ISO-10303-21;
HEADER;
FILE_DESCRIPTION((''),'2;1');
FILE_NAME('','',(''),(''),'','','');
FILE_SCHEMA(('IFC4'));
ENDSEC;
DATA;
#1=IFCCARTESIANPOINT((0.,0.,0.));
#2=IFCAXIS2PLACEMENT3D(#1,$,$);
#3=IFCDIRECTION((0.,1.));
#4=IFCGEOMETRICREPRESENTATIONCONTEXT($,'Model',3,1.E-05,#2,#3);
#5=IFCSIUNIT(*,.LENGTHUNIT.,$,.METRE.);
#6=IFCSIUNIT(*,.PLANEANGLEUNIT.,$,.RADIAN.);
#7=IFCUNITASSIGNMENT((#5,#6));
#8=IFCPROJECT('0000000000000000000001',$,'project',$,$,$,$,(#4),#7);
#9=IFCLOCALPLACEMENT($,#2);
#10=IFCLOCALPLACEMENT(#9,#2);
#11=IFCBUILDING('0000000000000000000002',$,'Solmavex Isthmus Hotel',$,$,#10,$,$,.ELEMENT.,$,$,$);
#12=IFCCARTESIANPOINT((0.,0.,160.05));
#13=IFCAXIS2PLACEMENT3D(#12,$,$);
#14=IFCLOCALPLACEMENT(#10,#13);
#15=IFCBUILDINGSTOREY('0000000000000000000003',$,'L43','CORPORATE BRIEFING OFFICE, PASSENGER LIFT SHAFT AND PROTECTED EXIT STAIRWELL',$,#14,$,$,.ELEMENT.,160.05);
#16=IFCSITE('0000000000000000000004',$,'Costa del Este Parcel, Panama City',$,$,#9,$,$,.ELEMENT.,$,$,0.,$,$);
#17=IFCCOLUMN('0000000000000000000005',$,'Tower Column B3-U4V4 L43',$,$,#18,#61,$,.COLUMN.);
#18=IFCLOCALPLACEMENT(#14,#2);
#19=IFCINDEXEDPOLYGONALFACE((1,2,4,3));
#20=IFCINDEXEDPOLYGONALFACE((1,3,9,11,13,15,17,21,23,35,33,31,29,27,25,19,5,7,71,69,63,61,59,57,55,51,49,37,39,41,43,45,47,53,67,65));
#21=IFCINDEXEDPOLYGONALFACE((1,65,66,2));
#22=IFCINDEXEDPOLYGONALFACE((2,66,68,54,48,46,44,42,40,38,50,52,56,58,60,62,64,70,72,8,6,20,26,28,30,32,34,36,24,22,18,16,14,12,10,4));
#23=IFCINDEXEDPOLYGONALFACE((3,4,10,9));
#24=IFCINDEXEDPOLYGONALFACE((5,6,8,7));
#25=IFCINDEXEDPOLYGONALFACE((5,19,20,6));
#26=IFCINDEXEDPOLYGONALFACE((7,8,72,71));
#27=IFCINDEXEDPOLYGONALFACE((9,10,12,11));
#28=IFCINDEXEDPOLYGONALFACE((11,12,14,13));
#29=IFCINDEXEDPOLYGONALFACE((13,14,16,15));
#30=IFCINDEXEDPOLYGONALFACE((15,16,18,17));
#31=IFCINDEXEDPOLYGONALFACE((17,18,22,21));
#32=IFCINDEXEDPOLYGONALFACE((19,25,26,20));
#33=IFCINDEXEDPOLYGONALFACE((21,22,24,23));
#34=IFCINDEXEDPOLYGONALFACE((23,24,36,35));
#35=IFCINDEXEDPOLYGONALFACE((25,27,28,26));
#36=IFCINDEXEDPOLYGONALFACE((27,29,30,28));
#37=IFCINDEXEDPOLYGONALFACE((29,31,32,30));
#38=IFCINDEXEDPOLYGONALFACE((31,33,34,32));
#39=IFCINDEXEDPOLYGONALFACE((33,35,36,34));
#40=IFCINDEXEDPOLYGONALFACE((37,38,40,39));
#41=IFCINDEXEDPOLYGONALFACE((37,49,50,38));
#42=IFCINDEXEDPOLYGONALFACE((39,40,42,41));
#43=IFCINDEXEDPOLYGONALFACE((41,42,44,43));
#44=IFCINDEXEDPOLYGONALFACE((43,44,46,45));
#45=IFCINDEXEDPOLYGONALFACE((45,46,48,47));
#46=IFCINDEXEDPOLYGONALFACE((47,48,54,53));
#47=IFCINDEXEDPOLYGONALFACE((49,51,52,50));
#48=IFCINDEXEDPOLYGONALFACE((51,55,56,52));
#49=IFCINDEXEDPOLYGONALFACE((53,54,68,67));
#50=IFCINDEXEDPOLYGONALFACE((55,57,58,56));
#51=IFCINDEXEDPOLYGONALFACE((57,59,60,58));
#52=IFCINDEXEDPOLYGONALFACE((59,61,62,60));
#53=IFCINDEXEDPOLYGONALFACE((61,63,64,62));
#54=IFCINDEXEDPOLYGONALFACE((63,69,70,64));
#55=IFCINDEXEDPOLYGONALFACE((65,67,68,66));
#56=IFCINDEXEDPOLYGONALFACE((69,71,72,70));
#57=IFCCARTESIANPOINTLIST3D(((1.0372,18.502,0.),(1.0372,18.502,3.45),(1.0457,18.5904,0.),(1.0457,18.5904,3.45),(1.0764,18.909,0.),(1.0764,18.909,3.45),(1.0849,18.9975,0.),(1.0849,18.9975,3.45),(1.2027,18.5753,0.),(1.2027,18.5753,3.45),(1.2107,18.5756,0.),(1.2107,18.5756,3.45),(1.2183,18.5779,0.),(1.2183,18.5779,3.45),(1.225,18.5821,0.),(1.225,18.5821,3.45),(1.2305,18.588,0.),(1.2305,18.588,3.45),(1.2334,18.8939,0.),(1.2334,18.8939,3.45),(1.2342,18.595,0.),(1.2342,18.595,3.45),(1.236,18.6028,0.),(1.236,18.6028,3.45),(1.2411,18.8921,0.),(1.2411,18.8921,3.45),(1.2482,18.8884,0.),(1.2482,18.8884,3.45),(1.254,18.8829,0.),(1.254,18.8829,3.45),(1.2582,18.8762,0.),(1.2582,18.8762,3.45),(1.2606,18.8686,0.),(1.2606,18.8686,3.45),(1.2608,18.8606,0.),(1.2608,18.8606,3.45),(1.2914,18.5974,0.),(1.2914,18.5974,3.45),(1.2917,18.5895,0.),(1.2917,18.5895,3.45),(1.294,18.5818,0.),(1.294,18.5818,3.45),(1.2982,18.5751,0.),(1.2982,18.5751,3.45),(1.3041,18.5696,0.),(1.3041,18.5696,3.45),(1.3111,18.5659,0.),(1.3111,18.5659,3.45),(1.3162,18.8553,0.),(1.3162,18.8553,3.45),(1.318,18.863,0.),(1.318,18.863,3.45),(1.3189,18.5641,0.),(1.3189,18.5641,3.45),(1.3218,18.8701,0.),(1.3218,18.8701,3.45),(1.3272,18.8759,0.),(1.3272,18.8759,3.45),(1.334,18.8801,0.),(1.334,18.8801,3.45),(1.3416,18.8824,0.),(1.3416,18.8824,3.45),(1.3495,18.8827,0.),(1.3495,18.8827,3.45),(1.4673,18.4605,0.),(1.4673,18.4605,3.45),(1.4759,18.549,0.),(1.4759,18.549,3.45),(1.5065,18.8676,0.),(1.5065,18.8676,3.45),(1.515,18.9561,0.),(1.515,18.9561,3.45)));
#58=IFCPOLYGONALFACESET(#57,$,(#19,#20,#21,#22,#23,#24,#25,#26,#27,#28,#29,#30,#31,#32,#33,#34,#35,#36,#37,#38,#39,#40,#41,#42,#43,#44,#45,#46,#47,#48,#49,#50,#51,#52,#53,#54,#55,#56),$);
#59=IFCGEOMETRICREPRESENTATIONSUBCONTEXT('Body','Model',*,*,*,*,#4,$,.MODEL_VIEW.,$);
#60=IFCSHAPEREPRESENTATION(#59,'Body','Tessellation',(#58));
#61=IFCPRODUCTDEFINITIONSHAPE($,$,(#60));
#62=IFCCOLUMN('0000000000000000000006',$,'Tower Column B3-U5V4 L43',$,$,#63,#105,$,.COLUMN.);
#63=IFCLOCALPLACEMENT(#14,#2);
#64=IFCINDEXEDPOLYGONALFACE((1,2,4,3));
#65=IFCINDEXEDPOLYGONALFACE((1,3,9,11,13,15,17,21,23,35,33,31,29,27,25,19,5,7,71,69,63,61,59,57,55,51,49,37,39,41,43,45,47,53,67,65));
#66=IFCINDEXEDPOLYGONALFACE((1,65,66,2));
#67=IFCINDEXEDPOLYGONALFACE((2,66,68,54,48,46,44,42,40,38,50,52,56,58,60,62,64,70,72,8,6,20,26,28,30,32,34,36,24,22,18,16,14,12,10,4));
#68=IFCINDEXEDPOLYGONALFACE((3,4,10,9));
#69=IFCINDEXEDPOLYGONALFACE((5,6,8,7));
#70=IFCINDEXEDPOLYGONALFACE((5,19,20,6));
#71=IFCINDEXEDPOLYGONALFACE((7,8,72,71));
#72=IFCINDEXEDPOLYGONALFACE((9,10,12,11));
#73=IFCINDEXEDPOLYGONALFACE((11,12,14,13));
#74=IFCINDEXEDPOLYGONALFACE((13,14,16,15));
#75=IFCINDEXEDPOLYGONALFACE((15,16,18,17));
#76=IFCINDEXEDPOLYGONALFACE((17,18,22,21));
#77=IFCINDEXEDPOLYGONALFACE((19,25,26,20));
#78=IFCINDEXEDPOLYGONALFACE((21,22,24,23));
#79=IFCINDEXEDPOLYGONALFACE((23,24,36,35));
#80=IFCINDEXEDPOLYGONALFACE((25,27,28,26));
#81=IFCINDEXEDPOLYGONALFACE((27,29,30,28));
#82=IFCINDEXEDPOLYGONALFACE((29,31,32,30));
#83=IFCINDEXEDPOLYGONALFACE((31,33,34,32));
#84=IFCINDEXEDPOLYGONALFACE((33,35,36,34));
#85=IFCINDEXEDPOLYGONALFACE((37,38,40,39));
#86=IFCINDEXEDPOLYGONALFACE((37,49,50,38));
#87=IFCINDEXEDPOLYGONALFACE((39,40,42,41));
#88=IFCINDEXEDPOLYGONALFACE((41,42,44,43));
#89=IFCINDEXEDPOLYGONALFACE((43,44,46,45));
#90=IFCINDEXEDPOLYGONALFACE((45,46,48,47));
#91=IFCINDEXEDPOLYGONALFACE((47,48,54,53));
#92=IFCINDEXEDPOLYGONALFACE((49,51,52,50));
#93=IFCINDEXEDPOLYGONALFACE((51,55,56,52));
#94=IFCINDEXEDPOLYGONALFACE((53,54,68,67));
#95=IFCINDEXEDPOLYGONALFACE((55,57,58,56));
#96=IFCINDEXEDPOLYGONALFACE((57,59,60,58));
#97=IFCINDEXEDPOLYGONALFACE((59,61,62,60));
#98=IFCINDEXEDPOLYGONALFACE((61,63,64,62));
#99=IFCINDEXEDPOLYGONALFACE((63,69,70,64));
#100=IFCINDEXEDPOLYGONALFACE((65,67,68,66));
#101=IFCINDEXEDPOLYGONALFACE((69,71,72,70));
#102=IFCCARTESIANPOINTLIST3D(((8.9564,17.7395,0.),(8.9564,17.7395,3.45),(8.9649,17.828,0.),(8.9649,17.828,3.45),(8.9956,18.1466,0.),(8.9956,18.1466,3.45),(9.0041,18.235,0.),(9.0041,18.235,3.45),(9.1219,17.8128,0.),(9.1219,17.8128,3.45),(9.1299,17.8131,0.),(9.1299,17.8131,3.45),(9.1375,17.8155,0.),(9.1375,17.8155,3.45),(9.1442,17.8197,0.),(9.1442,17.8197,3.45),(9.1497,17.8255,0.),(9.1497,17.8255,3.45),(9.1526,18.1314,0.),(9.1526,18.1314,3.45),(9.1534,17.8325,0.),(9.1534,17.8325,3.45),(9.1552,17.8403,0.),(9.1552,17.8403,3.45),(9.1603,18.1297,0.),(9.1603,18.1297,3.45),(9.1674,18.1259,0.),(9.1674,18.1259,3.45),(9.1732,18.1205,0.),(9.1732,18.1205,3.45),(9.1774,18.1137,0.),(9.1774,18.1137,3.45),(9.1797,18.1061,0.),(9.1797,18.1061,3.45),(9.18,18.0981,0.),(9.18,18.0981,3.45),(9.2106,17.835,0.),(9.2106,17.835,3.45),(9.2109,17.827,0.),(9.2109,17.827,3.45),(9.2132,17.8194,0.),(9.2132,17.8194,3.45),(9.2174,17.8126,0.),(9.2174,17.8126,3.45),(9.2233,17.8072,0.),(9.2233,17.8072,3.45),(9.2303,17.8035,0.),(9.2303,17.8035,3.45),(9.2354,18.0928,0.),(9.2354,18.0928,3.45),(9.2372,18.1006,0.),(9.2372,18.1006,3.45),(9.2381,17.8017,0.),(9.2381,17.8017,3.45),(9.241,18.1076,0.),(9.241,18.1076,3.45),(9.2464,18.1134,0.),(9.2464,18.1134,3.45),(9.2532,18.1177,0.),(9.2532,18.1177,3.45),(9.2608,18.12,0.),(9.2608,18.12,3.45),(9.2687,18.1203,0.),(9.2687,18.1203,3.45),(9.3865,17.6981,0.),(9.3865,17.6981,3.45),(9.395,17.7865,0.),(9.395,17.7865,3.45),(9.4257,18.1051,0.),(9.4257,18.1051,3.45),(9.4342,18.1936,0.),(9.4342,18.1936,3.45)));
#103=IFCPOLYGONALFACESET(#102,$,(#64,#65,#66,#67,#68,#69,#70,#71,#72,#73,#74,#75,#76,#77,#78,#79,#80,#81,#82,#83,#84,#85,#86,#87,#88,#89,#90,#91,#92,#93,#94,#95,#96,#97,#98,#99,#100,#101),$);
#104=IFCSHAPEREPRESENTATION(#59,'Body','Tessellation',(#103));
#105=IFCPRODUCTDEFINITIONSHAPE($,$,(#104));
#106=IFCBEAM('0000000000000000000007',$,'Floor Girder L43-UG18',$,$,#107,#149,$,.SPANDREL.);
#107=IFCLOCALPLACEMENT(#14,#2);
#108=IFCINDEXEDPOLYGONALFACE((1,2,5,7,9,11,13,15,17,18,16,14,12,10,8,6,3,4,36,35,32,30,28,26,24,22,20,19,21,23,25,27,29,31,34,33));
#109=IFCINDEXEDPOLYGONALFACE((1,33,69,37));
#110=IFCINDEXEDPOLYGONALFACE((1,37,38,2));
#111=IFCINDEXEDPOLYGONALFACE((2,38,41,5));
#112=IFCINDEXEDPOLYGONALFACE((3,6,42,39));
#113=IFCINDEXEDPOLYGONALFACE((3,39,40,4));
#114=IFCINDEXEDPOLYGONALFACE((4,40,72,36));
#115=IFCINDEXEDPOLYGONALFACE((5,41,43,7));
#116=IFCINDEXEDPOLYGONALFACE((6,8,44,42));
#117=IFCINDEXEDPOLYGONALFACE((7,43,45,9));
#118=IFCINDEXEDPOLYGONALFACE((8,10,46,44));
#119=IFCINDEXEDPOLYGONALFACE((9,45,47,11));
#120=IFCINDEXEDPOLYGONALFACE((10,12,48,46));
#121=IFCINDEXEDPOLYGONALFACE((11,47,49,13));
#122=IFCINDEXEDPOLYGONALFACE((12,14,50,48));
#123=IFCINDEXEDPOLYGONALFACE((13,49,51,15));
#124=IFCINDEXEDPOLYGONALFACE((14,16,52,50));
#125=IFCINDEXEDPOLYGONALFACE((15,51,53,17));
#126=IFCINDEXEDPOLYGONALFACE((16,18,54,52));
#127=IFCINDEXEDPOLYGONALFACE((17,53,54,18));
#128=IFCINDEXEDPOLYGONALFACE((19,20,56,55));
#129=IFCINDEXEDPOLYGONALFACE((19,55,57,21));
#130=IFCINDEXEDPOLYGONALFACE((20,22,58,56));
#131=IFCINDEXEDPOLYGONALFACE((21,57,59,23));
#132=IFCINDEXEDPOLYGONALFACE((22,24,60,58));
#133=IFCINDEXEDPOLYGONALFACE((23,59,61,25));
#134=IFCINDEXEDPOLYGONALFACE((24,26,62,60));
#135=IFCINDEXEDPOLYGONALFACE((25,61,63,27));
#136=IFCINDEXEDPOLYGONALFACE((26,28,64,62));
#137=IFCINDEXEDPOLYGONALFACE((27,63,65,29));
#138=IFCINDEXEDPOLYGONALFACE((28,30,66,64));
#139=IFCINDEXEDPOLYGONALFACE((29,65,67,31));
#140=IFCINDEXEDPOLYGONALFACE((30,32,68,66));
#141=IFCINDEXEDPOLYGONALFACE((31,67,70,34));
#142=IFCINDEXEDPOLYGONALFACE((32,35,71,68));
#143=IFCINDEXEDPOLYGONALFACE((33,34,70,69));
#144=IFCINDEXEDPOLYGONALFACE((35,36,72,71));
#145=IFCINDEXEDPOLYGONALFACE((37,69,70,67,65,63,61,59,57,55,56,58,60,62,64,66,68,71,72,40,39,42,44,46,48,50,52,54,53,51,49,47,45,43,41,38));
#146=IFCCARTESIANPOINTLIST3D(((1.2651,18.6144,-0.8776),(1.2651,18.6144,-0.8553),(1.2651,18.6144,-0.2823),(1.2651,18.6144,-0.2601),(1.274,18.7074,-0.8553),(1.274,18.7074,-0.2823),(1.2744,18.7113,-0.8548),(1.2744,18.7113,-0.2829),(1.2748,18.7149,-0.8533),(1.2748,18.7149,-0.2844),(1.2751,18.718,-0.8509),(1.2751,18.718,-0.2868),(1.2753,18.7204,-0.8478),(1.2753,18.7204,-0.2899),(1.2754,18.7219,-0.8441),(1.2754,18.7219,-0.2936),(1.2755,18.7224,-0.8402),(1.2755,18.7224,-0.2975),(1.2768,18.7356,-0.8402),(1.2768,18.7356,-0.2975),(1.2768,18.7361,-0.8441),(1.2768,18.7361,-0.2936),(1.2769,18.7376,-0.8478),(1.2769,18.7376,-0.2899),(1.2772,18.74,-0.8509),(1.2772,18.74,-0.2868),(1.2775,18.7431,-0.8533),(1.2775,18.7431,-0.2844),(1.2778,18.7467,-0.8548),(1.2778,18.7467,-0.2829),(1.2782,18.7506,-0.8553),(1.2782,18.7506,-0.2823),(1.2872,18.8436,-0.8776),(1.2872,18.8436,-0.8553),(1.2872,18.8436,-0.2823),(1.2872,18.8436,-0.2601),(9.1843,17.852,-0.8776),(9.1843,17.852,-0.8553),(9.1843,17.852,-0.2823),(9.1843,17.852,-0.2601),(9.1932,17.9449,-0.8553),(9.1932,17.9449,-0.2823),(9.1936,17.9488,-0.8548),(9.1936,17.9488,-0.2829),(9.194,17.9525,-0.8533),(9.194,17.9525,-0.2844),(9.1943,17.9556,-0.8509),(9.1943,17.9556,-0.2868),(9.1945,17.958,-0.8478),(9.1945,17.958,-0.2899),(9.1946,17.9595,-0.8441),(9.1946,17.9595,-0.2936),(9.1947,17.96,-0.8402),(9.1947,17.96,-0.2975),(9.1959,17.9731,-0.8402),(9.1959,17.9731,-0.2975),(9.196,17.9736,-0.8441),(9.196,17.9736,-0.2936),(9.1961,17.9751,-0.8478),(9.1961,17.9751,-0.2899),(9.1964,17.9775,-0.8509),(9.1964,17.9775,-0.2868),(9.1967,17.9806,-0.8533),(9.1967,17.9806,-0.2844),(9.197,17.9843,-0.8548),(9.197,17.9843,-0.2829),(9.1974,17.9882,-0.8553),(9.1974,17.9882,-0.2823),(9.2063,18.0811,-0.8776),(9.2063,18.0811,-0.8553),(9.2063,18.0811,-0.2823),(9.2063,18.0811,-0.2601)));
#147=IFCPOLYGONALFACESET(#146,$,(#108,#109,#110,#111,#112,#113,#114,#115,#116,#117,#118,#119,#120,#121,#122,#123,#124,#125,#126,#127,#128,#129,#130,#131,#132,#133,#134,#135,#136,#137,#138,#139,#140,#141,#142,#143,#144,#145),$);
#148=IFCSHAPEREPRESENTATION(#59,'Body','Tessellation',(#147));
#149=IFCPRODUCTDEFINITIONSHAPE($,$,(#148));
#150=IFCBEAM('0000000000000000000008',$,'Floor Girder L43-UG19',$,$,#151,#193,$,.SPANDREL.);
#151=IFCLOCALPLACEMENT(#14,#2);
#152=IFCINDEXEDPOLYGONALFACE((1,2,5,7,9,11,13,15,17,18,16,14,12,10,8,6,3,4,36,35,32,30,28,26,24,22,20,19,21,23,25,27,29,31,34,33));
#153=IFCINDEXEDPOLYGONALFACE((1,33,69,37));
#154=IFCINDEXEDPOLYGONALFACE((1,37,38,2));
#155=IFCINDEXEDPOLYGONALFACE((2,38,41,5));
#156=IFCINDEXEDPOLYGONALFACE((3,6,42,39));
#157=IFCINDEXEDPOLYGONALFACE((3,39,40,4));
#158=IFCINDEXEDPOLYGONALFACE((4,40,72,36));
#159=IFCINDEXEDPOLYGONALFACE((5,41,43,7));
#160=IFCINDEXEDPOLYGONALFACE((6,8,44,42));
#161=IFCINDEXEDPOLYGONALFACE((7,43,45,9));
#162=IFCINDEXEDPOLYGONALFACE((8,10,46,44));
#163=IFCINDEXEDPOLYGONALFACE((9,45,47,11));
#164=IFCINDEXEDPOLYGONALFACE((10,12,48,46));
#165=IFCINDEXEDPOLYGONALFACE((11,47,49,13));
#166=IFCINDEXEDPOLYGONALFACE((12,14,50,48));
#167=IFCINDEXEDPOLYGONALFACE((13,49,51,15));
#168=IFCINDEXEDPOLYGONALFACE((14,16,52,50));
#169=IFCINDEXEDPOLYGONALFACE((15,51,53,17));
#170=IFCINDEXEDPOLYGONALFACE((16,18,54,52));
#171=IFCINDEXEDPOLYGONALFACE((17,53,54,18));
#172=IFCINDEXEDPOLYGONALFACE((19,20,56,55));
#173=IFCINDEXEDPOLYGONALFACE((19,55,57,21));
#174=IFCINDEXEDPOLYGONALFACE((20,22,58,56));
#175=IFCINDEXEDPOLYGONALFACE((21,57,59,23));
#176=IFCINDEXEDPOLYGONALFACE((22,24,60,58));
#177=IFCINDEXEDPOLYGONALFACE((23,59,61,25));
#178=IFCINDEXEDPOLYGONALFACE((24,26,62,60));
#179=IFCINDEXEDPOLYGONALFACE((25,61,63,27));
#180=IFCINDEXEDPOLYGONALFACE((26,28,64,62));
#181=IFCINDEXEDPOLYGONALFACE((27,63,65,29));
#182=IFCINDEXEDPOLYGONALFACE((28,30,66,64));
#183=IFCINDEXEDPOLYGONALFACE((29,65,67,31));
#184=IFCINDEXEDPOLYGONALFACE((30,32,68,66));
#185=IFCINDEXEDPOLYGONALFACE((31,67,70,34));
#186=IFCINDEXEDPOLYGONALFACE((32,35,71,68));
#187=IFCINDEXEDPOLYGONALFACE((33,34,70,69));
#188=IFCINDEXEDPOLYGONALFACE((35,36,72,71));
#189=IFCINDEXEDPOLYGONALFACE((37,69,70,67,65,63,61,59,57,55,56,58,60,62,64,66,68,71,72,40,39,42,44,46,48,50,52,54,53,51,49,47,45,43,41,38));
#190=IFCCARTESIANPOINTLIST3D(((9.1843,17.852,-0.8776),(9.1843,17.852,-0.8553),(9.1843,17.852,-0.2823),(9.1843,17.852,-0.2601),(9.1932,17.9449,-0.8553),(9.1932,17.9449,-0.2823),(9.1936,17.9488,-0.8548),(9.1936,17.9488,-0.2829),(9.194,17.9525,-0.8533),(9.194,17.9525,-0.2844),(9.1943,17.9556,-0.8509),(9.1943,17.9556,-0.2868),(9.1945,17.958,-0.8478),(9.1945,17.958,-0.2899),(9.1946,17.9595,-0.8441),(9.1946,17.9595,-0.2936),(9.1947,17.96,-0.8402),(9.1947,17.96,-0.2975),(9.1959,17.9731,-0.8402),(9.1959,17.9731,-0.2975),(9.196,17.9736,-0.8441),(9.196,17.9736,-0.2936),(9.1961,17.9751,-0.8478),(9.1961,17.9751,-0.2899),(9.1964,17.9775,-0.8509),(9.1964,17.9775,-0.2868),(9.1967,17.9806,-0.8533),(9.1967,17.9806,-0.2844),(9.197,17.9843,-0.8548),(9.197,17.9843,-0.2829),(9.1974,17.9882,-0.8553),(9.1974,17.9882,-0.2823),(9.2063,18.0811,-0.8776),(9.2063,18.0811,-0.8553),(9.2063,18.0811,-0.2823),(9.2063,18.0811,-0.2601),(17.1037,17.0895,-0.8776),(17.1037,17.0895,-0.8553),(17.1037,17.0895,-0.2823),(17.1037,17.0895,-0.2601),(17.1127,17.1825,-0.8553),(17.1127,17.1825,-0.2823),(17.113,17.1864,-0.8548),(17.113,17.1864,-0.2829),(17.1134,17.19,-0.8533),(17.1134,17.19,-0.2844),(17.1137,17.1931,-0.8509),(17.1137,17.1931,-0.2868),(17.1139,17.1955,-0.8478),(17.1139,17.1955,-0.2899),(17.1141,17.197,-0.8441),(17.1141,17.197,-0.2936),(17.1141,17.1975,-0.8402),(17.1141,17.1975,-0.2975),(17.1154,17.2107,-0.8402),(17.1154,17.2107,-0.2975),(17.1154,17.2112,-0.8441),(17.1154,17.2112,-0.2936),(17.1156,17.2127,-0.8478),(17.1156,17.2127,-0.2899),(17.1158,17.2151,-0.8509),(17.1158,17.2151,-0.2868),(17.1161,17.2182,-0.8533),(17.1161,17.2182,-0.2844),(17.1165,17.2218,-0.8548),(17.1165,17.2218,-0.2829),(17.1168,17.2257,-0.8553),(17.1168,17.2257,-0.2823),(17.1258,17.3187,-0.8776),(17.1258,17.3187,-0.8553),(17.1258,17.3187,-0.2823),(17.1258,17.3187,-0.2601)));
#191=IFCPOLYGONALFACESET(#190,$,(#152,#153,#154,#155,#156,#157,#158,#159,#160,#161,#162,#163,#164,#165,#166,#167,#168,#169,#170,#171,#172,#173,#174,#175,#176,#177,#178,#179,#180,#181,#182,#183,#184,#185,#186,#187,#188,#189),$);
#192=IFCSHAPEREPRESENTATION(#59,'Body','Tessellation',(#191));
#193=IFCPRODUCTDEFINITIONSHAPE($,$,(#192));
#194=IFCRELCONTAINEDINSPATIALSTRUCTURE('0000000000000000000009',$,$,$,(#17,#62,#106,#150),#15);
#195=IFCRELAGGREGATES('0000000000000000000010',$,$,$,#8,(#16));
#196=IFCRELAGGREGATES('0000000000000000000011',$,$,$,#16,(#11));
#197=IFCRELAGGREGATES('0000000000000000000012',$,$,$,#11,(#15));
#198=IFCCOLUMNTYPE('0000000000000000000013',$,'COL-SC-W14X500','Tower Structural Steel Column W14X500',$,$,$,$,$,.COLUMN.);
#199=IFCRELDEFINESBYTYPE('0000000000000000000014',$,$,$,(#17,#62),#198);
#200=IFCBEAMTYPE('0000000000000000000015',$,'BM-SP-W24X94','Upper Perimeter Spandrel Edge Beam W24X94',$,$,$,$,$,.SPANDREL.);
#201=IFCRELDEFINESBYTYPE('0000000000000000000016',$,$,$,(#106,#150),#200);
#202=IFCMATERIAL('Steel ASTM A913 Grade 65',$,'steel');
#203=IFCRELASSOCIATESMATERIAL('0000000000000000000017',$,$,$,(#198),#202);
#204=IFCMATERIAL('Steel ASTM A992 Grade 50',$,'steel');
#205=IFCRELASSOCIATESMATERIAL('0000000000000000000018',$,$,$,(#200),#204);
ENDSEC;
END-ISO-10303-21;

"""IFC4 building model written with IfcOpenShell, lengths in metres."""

from ifc_helpers import new_model, si_unit, direction, frame, origin, origin_2d, place, context, subcontext, project, spatial, i_section, extrude, material, material_profile, profile_set, type_object, element, save


model = new_model("IFC4")

# Units and contexts
model_context = context("Model", 3, precision=1e-05, world=origin(), true_north=direction((0.0, 1.0)))
body_context = subcontext(model_context, "Body", "Model", "MODEL_VIEW")
ifc_project = project(units=[si_unit("LENGTHUNIT", "METRE"), si_unit("PLANEANGLEUNIT", "RADIAN")], contexts=[model_context])

# Site, building, storey
site_placement = place(None, origin())
site = spatial("IfcSite", under=ifc_project, at=site_placement, Name="Costa del Este Parcel, Panama City", CompositionType="ELEMENT", RefElevation=0.0)
building_placement = place(site_placement, origin())
building = spatial("IfcBuilding", under=site, at=building_placement, Name="Solmavex Isthmus Hotel", CompositionType="ELEMENT")
storey_placement = place(building_placement, frame((0.0, 0.0, 160.05)))
storey = spatial("IfcBuildingStorey", under=building, at=storey_placement, Name="L43", Description="CORPORATE BRIEFING OFFICE, PASSENGER LIFT SHAFT AND PROTECTED EXIT STAIRWELL", CompositionType="ELEMENT", Elevation=160.05)

# Columns
ifc_material_1 = material(Name="Steel ASTM A913 Grade 65", Category="steel")
ifc_material_profile_1 = material_profile(ifc_material_1, i_section(OverallWidth=0.4321, OverallDepth=0.4978, WebThickness=0.0557, FlangeThickness=0.0889, FilletRadius=0.0305, at=origin_2d()), Name="W14X500")
ifc_profile_set_1 = profile_set([ifc_material_profile_1], Name="Steel ASTM A913 Grade 65")
column_type = type_object("IfcColumnType", Name="COL-SC-W14X500", Description="Tower Structural Steel Column W14X500", PredefinedType="COLUMN", material=ifc_profile_set_1)
for number, where, z_axis, x_axis, name in (
    (1, (1.2761, 18.729, 0.0), (0.0, 0.0, 1.0), (0.995396, -0.095846, 0.0), "Tower Column B3-U4V4 L43"),
    (2, (9.1953, 17.9666, 0.0), (0.0, 0.0, 1.0), (0.995396, -0.095846, 0.0), "Tower Column B3-U5V4 L43"),
):
    element("IfcColumn", number, at=place(storey_placement, frame(where, z_axis=z_axis, x_axis=x_axis)), inside=storey, type_object=column_type, Name=name, PredefinedType="COLUMN", context=body_context, shape_type="SweptSolid", body=[
        extrude(i_section(OverallWidth=0.4321, OverallDepth=0.4978, WebThickness=0.0557, FlangeThickness=0.0889, FilletRadius=0.0305, at=origin_2d()), origin(), (0.0, 0.0, 1.0), 3.45),
    ])

# Beams
ifc_material_2 = material(Name="Steel ASTM A992 Grade 50", Category="steel")
ifc_material_profile_2 = material_profile(ifc_material_2, i_section(OverallWidth=0.2302, OverallDepth=0.6174, WebThickness=0.0132, FlangeThickness=0.0222, FilletRadius=0.0151, at=origin_2d()), Name="W24X94")
ifc_profile_set_2 = profile_set([ifc_material_profile_2], Name="Steel ASTM A992 Grade 50")
beam_type = type_object("IfcBeamType", Name="BM-SP-W24X94", Description="Upper Perimeter Spandrel Edge Beam W24X94", PredefinedType="SPANDREL", material=ifc_profile_set_2)
beam_1_placement = place(storey_placement, frame((1.2761, 18.729, -0.5688), z_axis=(0.995397, -0.095836, 0.0), x_axis=(0.095836, 0.995397, 0.0)))
element("IfcBeam", 3, at=beam_1_placement, inside=storey, type_object=beam_type, Name="Floor Girder L43-UG18", PredefinedType="SPANDREL", context=body_context, shape_type="SweptSolid", body=[
    extrude(i_section(OverallWidth=0.2302, OverallDepth=0.6174, WebThickness=0.0132, FlangeThickness=0.0222, FilletRadius=0.0151, at=origin_2d()), origin(), (0.0, 0.0, 1.0), 7.9558),
])
beam_2_placement = place(storey_placement, frame((9.1953, 17.9666, -0.5688), z_axis=(0.995397, -0.095833, 0.0), x_axis=(0.095833, 0.995397, 0.0)))
element("IfcBeam", 4, at=beam_2_placement, inside=storey, type_object=beam_type, Name="Floor Girder L43-UG19", PredefinedType="SPANDREL", context=body_context, shape_type="SweptSolid", body=[
    extrude(i_section(OverallWidth=0.2302, OverallDepth=0.6174, WebThickness=0.0132, FlangeThickness=0.0222, FilletRadius=0.0151, at=origin_2d()), origin(), (0.0, 0.0, 1.0), 7.9561),
])

save(model, "model.ifc")
